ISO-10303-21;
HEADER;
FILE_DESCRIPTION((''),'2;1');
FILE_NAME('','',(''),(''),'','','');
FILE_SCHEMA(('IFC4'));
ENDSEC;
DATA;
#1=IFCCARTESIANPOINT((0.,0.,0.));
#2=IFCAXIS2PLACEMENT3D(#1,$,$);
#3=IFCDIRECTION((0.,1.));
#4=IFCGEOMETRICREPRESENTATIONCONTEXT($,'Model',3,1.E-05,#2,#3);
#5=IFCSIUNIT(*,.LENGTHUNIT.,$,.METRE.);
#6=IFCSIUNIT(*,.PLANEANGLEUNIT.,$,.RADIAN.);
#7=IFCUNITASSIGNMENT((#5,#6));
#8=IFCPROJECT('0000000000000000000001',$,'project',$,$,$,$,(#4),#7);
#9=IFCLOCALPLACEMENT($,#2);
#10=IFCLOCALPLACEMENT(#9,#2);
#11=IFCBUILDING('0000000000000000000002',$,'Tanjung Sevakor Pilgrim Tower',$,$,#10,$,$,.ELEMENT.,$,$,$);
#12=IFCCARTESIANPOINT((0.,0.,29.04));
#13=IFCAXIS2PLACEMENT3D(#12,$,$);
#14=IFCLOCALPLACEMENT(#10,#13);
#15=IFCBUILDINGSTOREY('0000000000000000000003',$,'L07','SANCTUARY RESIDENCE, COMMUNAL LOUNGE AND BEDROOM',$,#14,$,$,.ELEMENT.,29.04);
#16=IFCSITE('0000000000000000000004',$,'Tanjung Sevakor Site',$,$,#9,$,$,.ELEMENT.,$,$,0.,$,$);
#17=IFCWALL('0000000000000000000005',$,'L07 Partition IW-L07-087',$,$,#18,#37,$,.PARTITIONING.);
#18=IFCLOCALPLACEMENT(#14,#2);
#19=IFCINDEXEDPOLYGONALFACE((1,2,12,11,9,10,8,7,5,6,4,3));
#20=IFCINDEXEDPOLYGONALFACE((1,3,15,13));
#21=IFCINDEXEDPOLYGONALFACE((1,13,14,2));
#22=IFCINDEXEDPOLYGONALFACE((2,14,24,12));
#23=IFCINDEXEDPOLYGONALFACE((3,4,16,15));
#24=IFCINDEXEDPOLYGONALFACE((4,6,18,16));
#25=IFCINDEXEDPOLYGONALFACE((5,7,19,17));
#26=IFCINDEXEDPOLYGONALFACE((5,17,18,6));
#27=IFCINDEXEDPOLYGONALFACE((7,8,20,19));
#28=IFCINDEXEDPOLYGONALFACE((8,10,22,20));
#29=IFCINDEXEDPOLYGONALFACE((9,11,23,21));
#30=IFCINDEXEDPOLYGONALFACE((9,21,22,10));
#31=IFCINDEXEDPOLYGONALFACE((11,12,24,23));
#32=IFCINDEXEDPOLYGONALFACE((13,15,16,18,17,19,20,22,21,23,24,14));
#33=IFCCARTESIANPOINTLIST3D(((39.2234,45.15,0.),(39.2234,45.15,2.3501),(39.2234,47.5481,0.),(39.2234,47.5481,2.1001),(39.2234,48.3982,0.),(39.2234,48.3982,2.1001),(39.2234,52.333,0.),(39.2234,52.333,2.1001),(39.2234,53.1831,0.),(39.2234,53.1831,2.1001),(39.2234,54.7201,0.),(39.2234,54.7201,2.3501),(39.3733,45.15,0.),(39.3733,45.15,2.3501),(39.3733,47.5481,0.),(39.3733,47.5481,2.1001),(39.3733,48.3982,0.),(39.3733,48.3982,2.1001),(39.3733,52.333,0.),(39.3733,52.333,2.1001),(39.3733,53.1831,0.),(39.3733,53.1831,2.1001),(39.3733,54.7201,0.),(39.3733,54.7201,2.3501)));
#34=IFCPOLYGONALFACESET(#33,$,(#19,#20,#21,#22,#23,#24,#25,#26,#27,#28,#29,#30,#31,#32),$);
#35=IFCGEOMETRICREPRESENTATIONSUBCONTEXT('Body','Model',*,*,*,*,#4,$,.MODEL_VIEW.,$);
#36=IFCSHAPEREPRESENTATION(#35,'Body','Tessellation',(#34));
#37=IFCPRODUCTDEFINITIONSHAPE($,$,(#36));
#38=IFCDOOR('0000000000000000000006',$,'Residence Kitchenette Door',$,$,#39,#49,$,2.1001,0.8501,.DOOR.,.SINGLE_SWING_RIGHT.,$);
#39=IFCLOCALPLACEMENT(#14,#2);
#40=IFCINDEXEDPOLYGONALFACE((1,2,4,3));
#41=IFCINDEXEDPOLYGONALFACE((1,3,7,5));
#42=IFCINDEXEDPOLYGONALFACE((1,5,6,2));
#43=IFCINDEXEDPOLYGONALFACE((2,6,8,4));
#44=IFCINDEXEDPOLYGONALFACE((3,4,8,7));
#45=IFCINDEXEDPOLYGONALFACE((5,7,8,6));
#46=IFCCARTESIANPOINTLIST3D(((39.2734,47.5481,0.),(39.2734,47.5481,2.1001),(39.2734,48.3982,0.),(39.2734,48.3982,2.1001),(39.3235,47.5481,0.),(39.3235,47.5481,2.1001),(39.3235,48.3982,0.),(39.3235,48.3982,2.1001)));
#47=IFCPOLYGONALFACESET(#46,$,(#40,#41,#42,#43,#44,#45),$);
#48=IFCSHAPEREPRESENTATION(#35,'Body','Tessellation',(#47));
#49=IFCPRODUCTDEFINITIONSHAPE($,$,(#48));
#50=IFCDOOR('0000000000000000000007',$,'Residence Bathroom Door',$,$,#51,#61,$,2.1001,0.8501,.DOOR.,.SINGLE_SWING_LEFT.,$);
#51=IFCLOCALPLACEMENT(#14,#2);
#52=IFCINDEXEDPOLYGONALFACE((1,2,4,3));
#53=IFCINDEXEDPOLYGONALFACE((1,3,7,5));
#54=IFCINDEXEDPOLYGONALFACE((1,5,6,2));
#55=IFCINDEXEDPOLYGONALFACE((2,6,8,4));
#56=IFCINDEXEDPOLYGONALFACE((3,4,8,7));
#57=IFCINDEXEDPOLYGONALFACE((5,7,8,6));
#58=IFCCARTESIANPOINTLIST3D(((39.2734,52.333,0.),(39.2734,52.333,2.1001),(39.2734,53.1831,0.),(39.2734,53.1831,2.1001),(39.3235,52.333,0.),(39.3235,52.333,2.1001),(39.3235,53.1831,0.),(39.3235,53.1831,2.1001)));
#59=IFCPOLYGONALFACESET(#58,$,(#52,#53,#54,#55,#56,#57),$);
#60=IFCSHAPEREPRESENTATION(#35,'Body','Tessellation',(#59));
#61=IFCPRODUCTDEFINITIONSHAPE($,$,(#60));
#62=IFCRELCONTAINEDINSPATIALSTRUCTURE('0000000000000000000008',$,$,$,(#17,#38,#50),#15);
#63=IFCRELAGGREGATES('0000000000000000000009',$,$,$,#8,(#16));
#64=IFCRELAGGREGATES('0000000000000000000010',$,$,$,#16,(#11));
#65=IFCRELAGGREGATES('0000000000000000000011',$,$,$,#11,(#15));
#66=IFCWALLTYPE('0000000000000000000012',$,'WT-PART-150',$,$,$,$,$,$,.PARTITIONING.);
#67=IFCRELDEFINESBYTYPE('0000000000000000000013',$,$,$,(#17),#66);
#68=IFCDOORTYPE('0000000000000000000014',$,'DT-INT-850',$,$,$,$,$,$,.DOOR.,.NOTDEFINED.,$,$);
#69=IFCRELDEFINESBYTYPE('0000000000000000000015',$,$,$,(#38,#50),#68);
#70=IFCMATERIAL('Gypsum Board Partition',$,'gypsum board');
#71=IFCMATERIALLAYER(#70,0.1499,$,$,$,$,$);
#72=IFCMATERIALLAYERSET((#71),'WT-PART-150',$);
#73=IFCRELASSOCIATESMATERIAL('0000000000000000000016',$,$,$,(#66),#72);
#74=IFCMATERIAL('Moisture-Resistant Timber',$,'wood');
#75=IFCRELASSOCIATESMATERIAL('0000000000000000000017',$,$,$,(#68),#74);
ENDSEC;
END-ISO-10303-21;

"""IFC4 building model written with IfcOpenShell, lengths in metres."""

from ifc_helpers import new_model, si_unit, direction, frame, frame_2d, origin, place, context, subcontext, project, spatial, rectangle, extrude, material, layer, layer_set, type_object, element, fill, save


model = new_model("IFC4")

# Units and contexts
model_context = context("Model", 3, precision=1e-05, world=origin(), true_north=direction((0.0, 1.0)))
body_context = subcontext(model_context, "Body", "Model", "MODEL_VIEW")
ifc_project = project(units=[si_unit("LENGTHUNIT", "METRE"), si_unit("PLANEANGLEUNIT", "RADIAN")], contexts=[model_context])

# Site, building, storey
site_placement = place(None, origin())
site = spatial("IfcSite", under=ifc_project, at=site_placement, Name="Tanjung Sevakor Site", CompositionType="ELEMENT", RefElevation=0.0)
building_placement = place(site_placement, origin())
building = spatial("IfcBuilding", under=site, at=building_placement, Name="Tanjung Sevakor Pilgrim Tower", CompositionType="ELEMENT")
storey_placement = place(building_placement, frame((0.0, 0.0, 29.04)))
storey = spatial("IfcBuildingStorey", under=building, at=storey_placement, Name="L07", Description="SANCTUARY RESIDENCE, COMMUNAL LOUNGE AND BEDROOM", CompositionType="ELEMENT", Elevation=29.04)

# Wall, openings, doors
ifc_material_1 = material(Name="Gypsum Board Partition", Category="gypsum board")
ifc_layer_1 = layer(ifc_material_1, 0.1499)
ifc_layer_set_1 = layer_set([ifc_layer_1], Name="WT-PART-150")
wall_type_1 = type_object("IfcWallType", Name="WT-PART-150", PredefinedType="PARTITIONING", material=ifc_layer_set_1)
wall_1_placement = place(storey_placement, frame((39.2983, 45.1499, 0.0), z_axis=(0.0, 0.0, 1.0), x_axis=(0.0, 1.0, 0.0)))
wall_1 = element("IfcWall", 1, at=wall_1_placement, inside=storey, type_object=wall_type_1, Name="L07 Partition IW-L07-087", PredefinedType="PARTITIONING", context=body_context, shape_type="SweptSolid", body=[
    extrude(rectangle(XDim=9.5701, YDim=0.1499, at=frame_2d((4.7852, 0.0))), origin(), (0.0, 0.0, 1.0), 2.3501),
])
opening_1_placement = place(wall_1_placement, frame((2.3982, 0.0, 0.0)))
opening_1 = element("IfcOpeningElement", 2, at=opening_1_placement, cuts=wall_1, PredefinedType="OPENING", context=body_context, shape_type="SweptSolid", body=[
    extrude(rectangle(XDim=0.8501, YDim=2.1001, at=frame_2d((0.425, 1.05))), frame((0.0, 0.085, 0.0), z_axis=(0.0, -1.0, 0.0), x_axis=(1.0, 0.0, 0.0)), (0.0, 0.0, 1.0), 0.1699),
])
opening_2_placement = place(wall_1_placement, frame((7.1831, 0.0, 0.0)))
opening_2 = element("IfcOpeningElement", 3, at=opening_2_placement, cuts=wall_1, PredefinedType="OPENING", context=body_context, shape_type="SweptSolid", body=[
    extrude(rectangle(XDim=0.8501, YDim=2.1001, at=frame_2d((0.425, 1.05))), frame((0.0, 0.085, 0.0), z_axis=(0.0, -1.0, 0.0), x_axis=(1.0, 0.0, 0.0)), (0.0, 0.0, 1.0), 0.1699),
])
ifc_material_2 = material(Name="Moisture-Resistant Timber", Category="wood")
door_type_1 = type_object("IfcDoorType", Name="DT-INT-850", OperationType="NOTDEFINED", PredefinedType="DOOR", material=ifc_material_2)
door_1_placement = place(opening_1_placement, origin())
door_1 = element("IfcDoor", 4, at=door_1_placement, inside=storey, type_object=door_type_1, Name="Residence Kitchenette Door", OperationType="SINGLE_SWING_RIGHT", OverallHeight=2.1001, OverallWidth=0.8501, PredefinedType="DOOR", context=body_context, shape_type="SweptSolid", body=[
    extrude(rectangle(XDim=0.8501, YDim=2.1001, at=frame_2d((0.425, 1.05))), frame((0.0, 0.0249, 0.0), z_axis=(0.0, -1.0, 0.0), x_axis=(1.0, 0.0, 0.0)), (0.0, 0.0, 1.0), 0.05),
])
fill(opening_1, door_1)
door_2_placement = place(opening_2_placement, origin())
door_2 = element("IfcDoor", 5, at=door_2_placement, inside=storey, type_object=door_type_1, Name="Residence Bathroom Door", OperationType="SINGLE_SWING_LEFT", OverallHeight=2.1001, OverallWidth=0.8501, PredefinedType="DOOR", context=body_context, shape_type="SweptSolid", body=[
    extrude(rectangle(XDim=0.8501, YDim=2.1001, at=frame_2d((0.425, 1.05))), frame((0.0, 0.0249, 0.0), z_axis=(0.0, -1.0, 0.0), x_axis=(1.0, 0.0, 0.0)), (0.0, 0.0, 1.0), 0.05),
])
fill(opening_2, door_2)

save(model, "model.ifc")
